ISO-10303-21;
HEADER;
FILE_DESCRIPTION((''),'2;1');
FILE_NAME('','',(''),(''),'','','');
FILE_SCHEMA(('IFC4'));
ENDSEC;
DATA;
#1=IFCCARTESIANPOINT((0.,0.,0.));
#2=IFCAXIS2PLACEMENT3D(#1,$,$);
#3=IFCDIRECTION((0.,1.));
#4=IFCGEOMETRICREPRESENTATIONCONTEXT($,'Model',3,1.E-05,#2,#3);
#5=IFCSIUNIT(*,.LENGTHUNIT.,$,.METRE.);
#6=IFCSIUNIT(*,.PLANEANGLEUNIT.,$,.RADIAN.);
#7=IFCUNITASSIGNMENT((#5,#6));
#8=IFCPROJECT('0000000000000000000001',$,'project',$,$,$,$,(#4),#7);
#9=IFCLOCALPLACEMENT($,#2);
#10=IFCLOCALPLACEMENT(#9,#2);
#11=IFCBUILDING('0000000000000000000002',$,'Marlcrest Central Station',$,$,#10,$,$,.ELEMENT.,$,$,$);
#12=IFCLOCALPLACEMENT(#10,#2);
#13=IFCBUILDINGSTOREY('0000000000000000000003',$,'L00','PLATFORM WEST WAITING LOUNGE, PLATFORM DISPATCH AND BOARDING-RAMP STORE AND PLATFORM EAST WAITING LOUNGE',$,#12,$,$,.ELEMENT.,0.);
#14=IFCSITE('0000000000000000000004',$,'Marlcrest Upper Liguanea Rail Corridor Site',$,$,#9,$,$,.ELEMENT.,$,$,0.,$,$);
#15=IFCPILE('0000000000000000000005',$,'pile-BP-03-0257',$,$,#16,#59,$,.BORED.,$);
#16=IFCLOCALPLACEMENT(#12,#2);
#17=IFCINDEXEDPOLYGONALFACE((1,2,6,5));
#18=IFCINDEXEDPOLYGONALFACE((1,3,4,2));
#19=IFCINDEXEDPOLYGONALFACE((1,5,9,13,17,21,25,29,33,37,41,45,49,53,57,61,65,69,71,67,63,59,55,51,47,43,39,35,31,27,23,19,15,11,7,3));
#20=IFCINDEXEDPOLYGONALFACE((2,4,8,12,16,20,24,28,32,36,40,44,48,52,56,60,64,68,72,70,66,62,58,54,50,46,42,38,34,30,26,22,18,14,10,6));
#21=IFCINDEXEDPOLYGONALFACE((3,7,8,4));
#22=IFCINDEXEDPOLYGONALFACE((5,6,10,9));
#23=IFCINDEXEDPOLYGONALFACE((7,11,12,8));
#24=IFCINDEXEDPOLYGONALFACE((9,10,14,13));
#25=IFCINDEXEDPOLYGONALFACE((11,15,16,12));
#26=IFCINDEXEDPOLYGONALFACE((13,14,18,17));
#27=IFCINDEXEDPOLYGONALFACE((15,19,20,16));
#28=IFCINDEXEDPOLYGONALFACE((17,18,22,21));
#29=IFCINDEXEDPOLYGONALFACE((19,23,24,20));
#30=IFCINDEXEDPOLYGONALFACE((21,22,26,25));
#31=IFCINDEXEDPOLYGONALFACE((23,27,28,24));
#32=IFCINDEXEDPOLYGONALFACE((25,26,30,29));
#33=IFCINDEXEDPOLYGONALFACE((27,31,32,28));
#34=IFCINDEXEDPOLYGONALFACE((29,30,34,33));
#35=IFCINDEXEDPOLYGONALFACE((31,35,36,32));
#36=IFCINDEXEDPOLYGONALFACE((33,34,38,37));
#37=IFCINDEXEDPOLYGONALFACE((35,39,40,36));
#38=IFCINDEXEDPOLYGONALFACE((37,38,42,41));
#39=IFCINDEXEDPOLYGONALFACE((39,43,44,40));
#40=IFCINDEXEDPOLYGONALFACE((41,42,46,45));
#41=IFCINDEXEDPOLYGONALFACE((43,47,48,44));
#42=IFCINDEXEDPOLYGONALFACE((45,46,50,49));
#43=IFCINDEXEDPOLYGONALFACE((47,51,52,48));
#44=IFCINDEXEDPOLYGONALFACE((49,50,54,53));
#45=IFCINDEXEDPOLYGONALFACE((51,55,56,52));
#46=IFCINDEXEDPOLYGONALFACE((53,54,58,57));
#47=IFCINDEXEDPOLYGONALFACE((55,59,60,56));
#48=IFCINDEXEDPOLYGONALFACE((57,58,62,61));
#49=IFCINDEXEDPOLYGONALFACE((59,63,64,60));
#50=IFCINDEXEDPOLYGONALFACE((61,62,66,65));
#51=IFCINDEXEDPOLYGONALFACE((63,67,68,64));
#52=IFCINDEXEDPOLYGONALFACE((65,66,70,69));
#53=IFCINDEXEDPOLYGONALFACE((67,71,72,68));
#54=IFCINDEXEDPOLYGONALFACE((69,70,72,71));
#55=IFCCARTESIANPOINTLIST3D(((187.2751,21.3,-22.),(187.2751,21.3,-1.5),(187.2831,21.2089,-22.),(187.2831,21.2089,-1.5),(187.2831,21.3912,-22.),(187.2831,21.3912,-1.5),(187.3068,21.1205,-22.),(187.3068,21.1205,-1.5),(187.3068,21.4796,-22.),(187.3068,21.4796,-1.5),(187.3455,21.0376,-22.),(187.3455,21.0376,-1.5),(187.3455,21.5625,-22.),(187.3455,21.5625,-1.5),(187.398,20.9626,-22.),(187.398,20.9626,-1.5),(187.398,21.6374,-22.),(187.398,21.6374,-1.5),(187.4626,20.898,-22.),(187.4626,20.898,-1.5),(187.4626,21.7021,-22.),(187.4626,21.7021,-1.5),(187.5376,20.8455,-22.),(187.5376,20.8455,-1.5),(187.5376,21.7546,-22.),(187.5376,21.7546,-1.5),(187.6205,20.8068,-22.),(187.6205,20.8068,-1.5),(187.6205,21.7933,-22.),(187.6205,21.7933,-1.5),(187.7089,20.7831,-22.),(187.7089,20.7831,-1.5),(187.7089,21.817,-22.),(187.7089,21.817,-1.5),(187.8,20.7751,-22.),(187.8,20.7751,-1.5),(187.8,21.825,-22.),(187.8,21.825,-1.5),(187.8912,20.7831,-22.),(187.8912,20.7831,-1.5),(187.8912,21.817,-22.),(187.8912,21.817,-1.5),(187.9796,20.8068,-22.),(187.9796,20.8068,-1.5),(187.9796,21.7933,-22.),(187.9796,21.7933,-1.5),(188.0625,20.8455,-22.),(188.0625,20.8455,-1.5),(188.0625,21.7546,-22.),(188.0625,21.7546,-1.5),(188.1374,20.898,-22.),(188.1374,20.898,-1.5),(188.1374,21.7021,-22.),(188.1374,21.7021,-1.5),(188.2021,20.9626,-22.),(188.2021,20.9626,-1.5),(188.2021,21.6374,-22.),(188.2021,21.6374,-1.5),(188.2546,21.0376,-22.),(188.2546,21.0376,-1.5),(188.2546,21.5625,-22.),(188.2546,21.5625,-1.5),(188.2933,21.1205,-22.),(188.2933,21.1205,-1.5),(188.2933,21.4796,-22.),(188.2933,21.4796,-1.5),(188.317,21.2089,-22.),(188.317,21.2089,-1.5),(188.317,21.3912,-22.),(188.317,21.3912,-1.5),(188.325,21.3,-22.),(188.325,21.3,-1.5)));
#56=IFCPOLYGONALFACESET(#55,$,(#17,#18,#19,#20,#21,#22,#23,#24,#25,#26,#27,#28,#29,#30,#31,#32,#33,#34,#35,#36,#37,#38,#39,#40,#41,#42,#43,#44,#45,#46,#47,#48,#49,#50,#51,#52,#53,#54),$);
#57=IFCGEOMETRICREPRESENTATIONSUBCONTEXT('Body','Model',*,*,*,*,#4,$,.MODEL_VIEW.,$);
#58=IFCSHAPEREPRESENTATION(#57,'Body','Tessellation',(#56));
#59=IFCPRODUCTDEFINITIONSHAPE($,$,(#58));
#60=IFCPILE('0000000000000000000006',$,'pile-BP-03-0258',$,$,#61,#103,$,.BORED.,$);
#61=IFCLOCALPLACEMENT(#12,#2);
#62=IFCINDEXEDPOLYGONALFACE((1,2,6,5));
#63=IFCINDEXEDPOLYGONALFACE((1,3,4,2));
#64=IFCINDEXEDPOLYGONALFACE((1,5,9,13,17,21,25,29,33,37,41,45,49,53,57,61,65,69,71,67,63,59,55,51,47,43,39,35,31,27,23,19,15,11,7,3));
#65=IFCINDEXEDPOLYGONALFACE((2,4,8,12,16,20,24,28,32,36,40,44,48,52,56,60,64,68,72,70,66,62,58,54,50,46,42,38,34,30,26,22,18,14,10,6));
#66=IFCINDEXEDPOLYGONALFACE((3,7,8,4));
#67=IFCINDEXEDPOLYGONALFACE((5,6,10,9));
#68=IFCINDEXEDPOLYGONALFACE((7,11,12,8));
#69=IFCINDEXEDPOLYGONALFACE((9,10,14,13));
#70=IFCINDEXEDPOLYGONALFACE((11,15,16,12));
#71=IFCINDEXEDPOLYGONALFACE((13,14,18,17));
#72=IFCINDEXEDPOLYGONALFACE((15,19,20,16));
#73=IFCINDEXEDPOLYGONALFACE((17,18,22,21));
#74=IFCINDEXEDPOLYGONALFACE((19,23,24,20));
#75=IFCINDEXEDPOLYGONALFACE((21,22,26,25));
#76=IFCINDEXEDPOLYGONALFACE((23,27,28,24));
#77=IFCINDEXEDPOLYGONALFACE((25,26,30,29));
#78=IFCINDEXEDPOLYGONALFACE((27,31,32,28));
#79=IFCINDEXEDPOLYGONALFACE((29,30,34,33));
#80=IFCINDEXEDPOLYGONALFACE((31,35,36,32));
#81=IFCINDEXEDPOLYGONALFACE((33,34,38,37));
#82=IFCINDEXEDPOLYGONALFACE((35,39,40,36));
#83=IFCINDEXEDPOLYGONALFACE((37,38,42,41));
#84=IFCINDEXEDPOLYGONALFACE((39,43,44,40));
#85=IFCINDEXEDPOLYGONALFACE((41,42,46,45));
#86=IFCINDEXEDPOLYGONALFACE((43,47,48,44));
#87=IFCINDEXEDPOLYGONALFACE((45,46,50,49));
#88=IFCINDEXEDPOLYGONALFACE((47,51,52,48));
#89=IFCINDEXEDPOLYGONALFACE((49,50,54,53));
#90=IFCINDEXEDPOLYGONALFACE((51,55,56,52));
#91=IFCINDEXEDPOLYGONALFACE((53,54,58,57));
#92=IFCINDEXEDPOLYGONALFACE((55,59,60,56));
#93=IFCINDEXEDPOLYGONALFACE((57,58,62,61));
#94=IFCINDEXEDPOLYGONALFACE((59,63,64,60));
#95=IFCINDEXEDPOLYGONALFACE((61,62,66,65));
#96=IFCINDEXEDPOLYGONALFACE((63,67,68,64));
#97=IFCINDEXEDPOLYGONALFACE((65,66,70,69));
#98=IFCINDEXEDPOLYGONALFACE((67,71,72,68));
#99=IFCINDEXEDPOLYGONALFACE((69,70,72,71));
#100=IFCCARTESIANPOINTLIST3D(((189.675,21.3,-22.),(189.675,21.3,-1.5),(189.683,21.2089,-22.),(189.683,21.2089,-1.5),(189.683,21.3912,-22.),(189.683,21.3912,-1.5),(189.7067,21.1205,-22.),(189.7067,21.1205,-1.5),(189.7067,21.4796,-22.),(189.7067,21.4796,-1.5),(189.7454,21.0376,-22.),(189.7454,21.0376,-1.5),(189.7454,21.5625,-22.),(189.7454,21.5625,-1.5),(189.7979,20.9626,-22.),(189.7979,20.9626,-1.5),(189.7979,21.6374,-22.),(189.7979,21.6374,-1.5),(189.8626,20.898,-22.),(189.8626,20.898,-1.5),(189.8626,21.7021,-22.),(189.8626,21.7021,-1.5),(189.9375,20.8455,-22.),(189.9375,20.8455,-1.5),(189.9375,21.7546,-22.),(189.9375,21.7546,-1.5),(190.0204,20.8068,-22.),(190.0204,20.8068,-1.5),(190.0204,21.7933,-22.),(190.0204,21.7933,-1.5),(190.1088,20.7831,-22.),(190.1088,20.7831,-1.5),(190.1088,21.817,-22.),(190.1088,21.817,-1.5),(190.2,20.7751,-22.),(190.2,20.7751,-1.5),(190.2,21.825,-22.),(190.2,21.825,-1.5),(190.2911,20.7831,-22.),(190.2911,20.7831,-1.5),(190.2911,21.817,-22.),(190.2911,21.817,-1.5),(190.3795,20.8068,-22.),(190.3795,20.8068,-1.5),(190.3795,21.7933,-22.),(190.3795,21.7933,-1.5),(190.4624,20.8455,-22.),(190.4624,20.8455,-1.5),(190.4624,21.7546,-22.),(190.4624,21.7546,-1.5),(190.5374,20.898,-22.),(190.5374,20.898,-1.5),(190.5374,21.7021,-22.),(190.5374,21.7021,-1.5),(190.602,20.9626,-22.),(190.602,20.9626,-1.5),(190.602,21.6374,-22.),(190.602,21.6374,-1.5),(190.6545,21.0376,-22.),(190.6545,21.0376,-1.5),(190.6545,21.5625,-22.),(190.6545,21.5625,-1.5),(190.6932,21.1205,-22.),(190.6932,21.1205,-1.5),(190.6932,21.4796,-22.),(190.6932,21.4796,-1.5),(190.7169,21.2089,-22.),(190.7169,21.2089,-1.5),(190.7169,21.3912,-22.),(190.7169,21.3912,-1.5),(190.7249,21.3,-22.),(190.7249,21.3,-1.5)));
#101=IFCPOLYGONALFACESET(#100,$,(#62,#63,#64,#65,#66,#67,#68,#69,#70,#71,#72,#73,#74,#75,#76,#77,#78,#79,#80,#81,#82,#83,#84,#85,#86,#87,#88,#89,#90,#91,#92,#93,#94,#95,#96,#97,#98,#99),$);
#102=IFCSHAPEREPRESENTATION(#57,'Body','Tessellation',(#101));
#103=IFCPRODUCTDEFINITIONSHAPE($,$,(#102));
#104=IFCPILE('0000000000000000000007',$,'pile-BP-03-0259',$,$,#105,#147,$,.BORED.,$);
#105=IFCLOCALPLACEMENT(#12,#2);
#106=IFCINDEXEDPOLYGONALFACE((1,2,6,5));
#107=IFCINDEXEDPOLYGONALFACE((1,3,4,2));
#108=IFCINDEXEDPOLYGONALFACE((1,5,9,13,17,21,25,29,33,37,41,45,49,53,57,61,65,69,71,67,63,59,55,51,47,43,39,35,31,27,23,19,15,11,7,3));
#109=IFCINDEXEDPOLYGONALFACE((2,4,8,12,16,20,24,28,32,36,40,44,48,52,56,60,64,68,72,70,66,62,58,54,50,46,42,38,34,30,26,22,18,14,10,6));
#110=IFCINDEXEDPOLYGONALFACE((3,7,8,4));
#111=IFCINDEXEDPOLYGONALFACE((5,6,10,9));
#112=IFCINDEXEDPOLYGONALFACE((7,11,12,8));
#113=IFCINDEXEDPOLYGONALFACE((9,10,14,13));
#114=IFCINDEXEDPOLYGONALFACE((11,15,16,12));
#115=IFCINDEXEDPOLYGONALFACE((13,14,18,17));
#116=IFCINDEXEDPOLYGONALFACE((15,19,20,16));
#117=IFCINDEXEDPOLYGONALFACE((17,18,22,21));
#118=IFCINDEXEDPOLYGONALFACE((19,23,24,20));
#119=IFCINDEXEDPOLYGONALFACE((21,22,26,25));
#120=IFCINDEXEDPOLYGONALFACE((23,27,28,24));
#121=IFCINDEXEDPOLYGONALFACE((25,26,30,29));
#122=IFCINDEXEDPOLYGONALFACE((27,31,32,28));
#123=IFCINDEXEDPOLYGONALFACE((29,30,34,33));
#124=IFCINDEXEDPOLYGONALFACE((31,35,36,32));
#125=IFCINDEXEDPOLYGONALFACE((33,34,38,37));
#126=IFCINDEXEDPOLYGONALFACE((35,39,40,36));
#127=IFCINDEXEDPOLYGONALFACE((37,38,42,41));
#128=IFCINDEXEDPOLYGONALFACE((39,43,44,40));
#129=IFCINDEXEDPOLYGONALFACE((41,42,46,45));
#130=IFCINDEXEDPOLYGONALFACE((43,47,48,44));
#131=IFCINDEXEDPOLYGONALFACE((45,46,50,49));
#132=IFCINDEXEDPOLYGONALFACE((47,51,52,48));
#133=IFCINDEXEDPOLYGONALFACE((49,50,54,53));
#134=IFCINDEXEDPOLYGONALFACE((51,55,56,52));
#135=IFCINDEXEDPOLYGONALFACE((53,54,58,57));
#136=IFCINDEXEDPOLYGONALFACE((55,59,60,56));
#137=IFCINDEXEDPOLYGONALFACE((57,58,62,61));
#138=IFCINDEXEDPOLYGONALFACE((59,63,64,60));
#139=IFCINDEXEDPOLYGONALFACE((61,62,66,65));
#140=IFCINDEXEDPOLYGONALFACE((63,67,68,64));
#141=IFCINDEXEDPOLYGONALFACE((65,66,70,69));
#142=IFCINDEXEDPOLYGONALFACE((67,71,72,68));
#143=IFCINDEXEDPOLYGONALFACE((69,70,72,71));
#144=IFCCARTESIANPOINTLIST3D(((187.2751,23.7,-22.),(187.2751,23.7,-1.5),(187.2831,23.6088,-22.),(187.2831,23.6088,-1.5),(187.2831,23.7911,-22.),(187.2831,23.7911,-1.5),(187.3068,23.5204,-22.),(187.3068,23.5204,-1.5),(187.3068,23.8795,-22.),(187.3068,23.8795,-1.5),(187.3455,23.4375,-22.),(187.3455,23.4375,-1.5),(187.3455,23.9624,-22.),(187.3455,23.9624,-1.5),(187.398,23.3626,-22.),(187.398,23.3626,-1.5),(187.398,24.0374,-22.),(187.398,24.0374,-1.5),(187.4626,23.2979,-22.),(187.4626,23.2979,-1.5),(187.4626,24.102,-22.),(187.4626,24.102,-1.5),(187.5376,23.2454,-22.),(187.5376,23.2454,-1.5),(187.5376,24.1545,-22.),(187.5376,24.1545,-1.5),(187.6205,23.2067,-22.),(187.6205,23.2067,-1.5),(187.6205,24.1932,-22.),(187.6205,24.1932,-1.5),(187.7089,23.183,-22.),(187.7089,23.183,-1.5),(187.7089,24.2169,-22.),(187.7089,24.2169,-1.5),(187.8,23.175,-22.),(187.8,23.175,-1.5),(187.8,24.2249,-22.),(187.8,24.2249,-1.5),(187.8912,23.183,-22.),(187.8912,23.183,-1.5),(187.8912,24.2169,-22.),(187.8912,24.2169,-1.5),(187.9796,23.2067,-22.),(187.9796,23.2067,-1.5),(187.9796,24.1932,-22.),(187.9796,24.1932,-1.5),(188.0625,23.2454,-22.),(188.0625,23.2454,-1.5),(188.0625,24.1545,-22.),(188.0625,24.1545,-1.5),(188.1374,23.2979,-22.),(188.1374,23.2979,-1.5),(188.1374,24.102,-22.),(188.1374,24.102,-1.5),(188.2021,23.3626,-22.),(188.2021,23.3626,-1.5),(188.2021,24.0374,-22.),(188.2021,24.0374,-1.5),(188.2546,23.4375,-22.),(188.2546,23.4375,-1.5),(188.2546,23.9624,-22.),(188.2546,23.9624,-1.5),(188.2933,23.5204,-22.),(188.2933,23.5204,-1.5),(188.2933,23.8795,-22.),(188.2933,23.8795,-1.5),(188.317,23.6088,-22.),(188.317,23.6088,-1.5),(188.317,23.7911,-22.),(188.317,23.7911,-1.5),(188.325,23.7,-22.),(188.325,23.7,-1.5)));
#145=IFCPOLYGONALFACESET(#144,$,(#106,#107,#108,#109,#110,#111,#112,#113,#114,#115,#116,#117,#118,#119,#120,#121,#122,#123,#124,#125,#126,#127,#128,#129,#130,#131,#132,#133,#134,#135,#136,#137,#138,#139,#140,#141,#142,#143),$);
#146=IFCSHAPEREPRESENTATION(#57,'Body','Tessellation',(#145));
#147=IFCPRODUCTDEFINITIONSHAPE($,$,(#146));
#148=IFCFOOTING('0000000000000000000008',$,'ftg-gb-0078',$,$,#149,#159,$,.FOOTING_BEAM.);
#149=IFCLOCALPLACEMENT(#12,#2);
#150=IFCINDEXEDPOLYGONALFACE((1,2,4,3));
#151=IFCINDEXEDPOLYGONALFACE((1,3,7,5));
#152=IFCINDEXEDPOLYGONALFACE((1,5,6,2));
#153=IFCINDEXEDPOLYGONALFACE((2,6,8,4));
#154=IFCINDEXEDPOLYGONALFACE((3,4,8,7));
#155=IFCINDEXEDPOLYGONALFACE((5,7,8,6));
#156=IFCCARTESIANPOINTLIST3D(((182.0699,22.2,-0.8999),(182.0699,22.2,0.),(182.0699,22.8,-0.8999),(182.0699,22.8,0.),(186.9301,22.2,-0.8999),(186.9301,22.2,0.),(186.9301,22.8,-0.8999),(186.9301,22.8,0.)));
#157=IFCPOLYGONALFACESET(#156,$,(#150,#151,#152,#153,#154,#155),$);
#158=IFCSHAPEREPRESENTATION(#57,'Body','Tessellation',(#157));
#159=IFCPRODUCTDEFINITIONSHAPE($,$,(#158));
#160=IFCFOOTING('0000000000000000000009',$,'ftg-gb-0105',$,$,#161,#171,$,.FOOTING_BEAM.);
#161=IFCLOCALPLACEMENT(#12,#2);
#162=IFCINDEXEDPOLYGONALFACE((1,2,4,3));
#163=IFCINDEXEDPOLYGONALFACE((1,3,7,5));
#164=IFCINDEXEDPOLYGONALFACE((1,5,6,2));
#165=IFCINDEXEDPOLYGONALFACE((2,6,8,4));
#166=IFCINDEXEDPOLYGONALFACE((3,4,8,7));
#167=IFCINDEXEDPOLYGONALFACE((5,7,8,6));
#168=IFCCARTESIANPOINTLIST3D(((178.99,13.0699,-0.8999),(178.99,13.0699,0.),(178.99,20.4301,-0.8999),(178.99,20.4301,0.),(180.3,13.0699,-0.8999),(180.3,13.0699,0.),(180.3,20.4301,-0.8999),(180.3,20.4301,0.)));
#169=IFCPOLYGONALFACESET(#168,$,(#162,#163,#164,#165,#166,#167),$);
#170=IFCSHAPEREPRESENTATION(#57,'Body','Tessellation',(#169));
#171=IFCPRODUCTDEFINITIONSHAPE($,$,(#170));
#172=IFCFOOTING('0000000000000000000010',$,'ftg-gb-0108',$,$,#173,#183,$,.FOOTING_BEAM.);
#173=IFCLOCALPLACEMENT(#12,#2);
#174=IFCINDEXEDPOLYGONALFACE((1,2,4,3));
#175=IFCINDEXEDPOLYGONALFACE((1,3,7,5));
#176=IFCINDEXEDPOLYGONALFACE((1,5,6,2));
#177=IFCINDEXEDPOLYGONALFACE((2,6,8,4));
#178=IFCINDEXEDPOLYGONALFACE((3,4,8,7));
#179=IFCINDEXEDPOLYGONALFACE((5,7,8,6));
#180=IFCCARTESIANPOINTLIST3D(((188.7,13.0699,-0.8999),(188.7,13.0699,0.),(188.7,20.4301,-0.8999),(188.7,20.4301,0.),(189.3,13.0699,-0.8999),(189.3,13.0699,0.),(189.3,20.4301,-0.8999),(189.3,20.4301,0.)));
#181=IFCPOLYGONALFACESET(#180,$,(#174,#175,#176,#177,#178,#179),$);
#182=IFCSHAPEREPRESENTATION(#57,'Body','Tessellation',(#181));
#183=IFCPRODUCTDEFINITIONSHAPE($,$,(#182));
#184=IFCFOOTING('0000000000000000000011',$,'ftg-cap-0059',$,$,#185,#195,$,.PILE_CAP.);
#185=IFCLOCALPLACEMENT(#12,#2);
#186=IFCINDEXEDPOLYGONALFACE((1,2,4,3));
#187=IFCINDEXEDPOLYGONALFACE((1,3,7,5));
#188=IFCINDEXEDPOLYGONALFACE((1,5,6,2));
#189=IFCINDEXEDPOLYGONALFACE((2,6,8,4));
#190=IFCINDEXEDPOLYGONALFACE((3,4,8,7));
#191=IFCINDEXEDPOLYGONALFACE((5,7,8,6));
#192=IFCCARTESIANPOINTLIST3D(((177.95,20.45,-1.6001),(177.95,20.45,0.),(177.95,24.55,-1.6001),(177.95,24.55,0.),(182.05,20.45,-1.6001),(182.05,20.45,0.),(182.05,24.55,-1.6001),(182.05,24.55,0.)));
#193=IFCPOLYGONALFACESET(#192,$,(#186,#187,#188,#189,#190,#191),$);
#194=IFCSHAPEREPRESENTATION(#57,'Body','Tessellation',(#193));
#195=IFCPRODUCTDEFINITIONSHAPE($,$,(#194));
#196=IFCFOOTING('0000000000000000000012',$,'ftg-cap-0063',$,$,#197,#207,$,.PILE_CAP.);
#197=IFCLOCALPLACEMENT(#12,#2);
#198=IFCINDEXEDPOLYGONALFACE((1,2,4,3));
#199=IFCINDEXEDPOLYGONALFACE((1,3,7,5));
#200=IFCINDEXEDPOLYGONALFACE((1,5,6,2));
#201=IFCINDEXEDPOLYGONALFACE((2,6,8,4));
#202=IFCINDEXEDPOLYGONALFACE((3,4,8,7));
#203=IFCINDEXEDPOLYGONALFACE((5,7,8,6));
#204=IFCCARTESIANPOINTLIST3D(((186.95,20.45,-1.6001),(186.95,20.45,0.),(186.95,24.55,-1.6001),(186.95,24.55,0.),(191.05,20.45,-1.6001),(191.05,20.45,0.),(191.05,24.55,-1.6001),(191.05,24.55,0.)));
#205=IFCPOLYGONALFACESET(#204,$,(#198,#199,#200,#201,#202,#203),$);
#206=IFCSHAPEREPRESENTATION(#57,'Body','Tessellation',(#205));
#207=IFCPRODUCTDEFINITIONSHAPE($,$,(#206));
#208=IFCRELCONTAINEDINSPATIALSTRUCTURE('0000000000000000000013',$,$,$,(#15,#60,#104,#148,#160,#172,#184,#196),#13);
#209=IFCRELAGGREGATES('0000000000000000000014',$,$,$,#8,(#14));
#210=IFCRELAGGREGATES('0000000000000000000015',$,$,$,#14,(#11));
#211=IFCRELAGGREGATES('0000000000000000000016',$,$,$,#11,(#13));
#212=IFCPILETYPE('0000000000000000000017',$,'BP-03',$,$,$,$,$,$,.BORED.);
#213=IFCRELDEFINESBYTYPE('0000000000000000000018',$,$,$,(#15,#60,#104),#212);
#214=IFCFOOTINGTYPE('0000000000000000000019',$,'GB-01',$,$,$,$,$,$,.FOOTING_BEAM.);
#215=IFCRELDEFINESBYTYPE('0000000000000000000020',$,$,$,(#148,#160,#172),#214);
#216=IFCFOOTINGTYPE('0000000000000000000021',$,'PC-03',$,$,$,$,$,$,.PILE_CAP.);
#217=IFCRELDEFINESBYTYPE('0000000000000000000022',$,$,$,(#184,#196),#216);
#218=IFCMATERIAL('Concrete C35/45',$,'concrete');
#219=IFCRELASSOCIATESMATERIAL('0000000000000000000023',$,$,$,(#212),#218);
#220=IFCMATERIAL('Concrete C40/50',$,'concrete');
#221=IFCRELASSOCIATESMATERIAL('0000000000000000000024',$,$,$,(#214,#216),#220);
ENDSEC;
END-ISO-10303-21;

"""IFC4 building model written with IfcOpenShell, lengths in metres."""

from ifc_helpers import new_model, si_unit, direction, frame, origin, origin_2d, place, context, subcontext, project, spatial, rectangle, circle, extrude, material, material_profile, profile_set, type_object, element, save


model = new_model("IFC4")

# Units and contexts
model_context = context("Model", 3, precision=1e-05, world=origin(), true_north=direction((0.0, 1.0)))
body_context = subcontext(model_context, "Body", "Model", "MODEL_VIEW")
ifc_project = project(units=[si_unit("LENGTHUNIT", "METRE"), si_unit("PLANEANGLEUNIT", "RADIAN")], contexts=[model_context])

# Site, building, storey
site_placement = place(None, origin())
site = spatial("IfcSite", under=ifc_project, at=site_placement, Name="Marlcrest Upper Liguanea Rail Corridor Site", CompositionType="ELEMENT", RefElevation=0.0)
building_placement = place(site_placement, origin())
building = spatial("IfcBuilding", under=site, at=building_placement, Name="Marlcrest Central Station", CompositionType="ELEMENT")
storey_placement = place(building_placement, origin())
storey = spatial("IfcBuildingStorey", under=building, at=storey_placement, Name="L00", Description="PLATFORM WEST WAITING LOUNGE, PLATFORM DISPATCH AND BOARDING-RAMP STORE AND PLATFORM EAST WAITING LOUNGE", CompositionType="ELEMENT", Elevation=0.0)

# Piles
ifc_material_1 = material(Name="Concrete C35/45", Category="concrete")
ifc_material_profile_1 = material_profile(ifc_material_1, circle(Radius=0.5249, at=origin_2d()), Name="PILE D1050")
ifc_profile_set_1 = profile_set([ifc_material_profile_1], Name="Concrete C35/45")
pile_type = type_object("IfcPileType", Name="BP-03", PredefinedType="BORED", material=ifc_profile_set_1)
for number, where, z_axis, x_axis, name in (
    (1, (187.8, 21.3, -1.5), (0.0, 0.0, -1.0), (1.0, 0.0, 0.0), "pile-BP-03-0257"),
    (2, (190.2, 21.3, -1.5), (0.0, 0.0, -1.0), (1.0, 0.0, 0.0), "pile-BP-03-0258"),
    (3, (187.8, 23.7, -1.5), (0.0, 0.0, -1.0), (1.0, 0.0, 0.0), "pile-BP-03-0259"),
):
    element("IfcPile", number, at=place(storey_placement, frame(where, z_axis=z_axis, x_axis=x_axis)), inside=storey, type_object=pile_type, Name=name, PredefinedType="BORED", context=body_context, shape_type="SweptSolid", body=[
        extrude(circle(Radius=0.5249, at=origin_2d()), origin(), (0.0, 0.0, 1.0), 20.5),
    ])

# Footings
ifc_material_2 = material(Name="Concrete C40/50", Category="concrete")
footing_type_1 = type_object("IfcFootingType", Name="GB-01", PredefinedType="FOOTING_BEAM", material=ifc_material_2)
footing_1_placement = place(storey_placement, frame((184.5, 22.5, -0.8999), z_axis=(0.0, 0.0, 1.0), x_axis=(1.0, 0.0, 0.0)))
element("IfcFooting", 4, at=footing_1_placement, inside=storey, type_object=footing_type_1, Name="ftg-gb-0078", PredefinedType="FOOTING_BEAM", context=body_context, shape_type="SweptSolid", body=[
    extrude(rectangle(XDim=4.8601, YDim=0.6001, at=origin_2d()), origin(), (0.0, 0.0, 1.0), 0.8999),
])
footing_2_placement = place(storey_placement, frame((179.645, 16.75, -0.8999), z_axis=(0.0, 0.0, 1.0), x_axis=(1.0, 0.0, 0.0)))
element("IfcFooting", 5, at=footing_2_placement, inside=storey, type_object=footing_type_1, Name="ftg-gb-0105", PredefinedType="FOOTING_BEAM", context=body_context, shape_type="SweptSolid", body=[
    extrude(rectangle(XDim=1.3101, YDim=7.3601, at=origin_2d()), origin(), (0.0, 0.0, 1.0), 0.8999),
])
footing_3_placement = place(storey_placement, frame((189.0, 16.75, -0.8999), z_axis=(0.0, 0.0, 1.0), x_axis=(1.0, 0.0, 0.0)))
element("IfcFooting", 6, at=footing_3_placement, inside=storey, type_object=footing_type_1, Name="ftg-gb-0108", PredefinedType="FOOTING_BEAM", context=body_context, shape_type="SweptSolid", body=[
    extrude(rectangle(XDim=0.6001, YDim=7.3601, at=origin_2d()), origin(), (0.0, 0.0, 1.0), 0.8999),
])
footing_type_2 = type_object("IfcFootingType", Name="PC-03", PredefinedType="PILE_CAP", material=ifc_material_2)
for number, where, z_axis, x_axis, name in (
    (7, (180.0, 22.5, -1.6001), (0.0, 0.0, 1.0), (1.0, 0.0, 0.0), "ftg-cap-0059"),
    (8, (189.0, 22.5, -1.6001), (0.0, 0.0, 1.0), (1.0, 0.0, 0.0), "ftg-cap-0063"),
):
    element("IfcFooting", number, at=place(storey_placement, frame(where, z_axis=z_axis, x_axis=x_axis)), inside=storey, type_object=footing_type_2, Name=name, PredefinedType="PILE_CAP", context=body_context, shape_type="SweptSolid", body=[
        extrude(rectangle(XDim=4.1001, YDim=4.1001, at=origin_2d()), origin(), (0.0, 0.0, 1.0), 1.6001),
    ])

save(model, "model.ifc")
